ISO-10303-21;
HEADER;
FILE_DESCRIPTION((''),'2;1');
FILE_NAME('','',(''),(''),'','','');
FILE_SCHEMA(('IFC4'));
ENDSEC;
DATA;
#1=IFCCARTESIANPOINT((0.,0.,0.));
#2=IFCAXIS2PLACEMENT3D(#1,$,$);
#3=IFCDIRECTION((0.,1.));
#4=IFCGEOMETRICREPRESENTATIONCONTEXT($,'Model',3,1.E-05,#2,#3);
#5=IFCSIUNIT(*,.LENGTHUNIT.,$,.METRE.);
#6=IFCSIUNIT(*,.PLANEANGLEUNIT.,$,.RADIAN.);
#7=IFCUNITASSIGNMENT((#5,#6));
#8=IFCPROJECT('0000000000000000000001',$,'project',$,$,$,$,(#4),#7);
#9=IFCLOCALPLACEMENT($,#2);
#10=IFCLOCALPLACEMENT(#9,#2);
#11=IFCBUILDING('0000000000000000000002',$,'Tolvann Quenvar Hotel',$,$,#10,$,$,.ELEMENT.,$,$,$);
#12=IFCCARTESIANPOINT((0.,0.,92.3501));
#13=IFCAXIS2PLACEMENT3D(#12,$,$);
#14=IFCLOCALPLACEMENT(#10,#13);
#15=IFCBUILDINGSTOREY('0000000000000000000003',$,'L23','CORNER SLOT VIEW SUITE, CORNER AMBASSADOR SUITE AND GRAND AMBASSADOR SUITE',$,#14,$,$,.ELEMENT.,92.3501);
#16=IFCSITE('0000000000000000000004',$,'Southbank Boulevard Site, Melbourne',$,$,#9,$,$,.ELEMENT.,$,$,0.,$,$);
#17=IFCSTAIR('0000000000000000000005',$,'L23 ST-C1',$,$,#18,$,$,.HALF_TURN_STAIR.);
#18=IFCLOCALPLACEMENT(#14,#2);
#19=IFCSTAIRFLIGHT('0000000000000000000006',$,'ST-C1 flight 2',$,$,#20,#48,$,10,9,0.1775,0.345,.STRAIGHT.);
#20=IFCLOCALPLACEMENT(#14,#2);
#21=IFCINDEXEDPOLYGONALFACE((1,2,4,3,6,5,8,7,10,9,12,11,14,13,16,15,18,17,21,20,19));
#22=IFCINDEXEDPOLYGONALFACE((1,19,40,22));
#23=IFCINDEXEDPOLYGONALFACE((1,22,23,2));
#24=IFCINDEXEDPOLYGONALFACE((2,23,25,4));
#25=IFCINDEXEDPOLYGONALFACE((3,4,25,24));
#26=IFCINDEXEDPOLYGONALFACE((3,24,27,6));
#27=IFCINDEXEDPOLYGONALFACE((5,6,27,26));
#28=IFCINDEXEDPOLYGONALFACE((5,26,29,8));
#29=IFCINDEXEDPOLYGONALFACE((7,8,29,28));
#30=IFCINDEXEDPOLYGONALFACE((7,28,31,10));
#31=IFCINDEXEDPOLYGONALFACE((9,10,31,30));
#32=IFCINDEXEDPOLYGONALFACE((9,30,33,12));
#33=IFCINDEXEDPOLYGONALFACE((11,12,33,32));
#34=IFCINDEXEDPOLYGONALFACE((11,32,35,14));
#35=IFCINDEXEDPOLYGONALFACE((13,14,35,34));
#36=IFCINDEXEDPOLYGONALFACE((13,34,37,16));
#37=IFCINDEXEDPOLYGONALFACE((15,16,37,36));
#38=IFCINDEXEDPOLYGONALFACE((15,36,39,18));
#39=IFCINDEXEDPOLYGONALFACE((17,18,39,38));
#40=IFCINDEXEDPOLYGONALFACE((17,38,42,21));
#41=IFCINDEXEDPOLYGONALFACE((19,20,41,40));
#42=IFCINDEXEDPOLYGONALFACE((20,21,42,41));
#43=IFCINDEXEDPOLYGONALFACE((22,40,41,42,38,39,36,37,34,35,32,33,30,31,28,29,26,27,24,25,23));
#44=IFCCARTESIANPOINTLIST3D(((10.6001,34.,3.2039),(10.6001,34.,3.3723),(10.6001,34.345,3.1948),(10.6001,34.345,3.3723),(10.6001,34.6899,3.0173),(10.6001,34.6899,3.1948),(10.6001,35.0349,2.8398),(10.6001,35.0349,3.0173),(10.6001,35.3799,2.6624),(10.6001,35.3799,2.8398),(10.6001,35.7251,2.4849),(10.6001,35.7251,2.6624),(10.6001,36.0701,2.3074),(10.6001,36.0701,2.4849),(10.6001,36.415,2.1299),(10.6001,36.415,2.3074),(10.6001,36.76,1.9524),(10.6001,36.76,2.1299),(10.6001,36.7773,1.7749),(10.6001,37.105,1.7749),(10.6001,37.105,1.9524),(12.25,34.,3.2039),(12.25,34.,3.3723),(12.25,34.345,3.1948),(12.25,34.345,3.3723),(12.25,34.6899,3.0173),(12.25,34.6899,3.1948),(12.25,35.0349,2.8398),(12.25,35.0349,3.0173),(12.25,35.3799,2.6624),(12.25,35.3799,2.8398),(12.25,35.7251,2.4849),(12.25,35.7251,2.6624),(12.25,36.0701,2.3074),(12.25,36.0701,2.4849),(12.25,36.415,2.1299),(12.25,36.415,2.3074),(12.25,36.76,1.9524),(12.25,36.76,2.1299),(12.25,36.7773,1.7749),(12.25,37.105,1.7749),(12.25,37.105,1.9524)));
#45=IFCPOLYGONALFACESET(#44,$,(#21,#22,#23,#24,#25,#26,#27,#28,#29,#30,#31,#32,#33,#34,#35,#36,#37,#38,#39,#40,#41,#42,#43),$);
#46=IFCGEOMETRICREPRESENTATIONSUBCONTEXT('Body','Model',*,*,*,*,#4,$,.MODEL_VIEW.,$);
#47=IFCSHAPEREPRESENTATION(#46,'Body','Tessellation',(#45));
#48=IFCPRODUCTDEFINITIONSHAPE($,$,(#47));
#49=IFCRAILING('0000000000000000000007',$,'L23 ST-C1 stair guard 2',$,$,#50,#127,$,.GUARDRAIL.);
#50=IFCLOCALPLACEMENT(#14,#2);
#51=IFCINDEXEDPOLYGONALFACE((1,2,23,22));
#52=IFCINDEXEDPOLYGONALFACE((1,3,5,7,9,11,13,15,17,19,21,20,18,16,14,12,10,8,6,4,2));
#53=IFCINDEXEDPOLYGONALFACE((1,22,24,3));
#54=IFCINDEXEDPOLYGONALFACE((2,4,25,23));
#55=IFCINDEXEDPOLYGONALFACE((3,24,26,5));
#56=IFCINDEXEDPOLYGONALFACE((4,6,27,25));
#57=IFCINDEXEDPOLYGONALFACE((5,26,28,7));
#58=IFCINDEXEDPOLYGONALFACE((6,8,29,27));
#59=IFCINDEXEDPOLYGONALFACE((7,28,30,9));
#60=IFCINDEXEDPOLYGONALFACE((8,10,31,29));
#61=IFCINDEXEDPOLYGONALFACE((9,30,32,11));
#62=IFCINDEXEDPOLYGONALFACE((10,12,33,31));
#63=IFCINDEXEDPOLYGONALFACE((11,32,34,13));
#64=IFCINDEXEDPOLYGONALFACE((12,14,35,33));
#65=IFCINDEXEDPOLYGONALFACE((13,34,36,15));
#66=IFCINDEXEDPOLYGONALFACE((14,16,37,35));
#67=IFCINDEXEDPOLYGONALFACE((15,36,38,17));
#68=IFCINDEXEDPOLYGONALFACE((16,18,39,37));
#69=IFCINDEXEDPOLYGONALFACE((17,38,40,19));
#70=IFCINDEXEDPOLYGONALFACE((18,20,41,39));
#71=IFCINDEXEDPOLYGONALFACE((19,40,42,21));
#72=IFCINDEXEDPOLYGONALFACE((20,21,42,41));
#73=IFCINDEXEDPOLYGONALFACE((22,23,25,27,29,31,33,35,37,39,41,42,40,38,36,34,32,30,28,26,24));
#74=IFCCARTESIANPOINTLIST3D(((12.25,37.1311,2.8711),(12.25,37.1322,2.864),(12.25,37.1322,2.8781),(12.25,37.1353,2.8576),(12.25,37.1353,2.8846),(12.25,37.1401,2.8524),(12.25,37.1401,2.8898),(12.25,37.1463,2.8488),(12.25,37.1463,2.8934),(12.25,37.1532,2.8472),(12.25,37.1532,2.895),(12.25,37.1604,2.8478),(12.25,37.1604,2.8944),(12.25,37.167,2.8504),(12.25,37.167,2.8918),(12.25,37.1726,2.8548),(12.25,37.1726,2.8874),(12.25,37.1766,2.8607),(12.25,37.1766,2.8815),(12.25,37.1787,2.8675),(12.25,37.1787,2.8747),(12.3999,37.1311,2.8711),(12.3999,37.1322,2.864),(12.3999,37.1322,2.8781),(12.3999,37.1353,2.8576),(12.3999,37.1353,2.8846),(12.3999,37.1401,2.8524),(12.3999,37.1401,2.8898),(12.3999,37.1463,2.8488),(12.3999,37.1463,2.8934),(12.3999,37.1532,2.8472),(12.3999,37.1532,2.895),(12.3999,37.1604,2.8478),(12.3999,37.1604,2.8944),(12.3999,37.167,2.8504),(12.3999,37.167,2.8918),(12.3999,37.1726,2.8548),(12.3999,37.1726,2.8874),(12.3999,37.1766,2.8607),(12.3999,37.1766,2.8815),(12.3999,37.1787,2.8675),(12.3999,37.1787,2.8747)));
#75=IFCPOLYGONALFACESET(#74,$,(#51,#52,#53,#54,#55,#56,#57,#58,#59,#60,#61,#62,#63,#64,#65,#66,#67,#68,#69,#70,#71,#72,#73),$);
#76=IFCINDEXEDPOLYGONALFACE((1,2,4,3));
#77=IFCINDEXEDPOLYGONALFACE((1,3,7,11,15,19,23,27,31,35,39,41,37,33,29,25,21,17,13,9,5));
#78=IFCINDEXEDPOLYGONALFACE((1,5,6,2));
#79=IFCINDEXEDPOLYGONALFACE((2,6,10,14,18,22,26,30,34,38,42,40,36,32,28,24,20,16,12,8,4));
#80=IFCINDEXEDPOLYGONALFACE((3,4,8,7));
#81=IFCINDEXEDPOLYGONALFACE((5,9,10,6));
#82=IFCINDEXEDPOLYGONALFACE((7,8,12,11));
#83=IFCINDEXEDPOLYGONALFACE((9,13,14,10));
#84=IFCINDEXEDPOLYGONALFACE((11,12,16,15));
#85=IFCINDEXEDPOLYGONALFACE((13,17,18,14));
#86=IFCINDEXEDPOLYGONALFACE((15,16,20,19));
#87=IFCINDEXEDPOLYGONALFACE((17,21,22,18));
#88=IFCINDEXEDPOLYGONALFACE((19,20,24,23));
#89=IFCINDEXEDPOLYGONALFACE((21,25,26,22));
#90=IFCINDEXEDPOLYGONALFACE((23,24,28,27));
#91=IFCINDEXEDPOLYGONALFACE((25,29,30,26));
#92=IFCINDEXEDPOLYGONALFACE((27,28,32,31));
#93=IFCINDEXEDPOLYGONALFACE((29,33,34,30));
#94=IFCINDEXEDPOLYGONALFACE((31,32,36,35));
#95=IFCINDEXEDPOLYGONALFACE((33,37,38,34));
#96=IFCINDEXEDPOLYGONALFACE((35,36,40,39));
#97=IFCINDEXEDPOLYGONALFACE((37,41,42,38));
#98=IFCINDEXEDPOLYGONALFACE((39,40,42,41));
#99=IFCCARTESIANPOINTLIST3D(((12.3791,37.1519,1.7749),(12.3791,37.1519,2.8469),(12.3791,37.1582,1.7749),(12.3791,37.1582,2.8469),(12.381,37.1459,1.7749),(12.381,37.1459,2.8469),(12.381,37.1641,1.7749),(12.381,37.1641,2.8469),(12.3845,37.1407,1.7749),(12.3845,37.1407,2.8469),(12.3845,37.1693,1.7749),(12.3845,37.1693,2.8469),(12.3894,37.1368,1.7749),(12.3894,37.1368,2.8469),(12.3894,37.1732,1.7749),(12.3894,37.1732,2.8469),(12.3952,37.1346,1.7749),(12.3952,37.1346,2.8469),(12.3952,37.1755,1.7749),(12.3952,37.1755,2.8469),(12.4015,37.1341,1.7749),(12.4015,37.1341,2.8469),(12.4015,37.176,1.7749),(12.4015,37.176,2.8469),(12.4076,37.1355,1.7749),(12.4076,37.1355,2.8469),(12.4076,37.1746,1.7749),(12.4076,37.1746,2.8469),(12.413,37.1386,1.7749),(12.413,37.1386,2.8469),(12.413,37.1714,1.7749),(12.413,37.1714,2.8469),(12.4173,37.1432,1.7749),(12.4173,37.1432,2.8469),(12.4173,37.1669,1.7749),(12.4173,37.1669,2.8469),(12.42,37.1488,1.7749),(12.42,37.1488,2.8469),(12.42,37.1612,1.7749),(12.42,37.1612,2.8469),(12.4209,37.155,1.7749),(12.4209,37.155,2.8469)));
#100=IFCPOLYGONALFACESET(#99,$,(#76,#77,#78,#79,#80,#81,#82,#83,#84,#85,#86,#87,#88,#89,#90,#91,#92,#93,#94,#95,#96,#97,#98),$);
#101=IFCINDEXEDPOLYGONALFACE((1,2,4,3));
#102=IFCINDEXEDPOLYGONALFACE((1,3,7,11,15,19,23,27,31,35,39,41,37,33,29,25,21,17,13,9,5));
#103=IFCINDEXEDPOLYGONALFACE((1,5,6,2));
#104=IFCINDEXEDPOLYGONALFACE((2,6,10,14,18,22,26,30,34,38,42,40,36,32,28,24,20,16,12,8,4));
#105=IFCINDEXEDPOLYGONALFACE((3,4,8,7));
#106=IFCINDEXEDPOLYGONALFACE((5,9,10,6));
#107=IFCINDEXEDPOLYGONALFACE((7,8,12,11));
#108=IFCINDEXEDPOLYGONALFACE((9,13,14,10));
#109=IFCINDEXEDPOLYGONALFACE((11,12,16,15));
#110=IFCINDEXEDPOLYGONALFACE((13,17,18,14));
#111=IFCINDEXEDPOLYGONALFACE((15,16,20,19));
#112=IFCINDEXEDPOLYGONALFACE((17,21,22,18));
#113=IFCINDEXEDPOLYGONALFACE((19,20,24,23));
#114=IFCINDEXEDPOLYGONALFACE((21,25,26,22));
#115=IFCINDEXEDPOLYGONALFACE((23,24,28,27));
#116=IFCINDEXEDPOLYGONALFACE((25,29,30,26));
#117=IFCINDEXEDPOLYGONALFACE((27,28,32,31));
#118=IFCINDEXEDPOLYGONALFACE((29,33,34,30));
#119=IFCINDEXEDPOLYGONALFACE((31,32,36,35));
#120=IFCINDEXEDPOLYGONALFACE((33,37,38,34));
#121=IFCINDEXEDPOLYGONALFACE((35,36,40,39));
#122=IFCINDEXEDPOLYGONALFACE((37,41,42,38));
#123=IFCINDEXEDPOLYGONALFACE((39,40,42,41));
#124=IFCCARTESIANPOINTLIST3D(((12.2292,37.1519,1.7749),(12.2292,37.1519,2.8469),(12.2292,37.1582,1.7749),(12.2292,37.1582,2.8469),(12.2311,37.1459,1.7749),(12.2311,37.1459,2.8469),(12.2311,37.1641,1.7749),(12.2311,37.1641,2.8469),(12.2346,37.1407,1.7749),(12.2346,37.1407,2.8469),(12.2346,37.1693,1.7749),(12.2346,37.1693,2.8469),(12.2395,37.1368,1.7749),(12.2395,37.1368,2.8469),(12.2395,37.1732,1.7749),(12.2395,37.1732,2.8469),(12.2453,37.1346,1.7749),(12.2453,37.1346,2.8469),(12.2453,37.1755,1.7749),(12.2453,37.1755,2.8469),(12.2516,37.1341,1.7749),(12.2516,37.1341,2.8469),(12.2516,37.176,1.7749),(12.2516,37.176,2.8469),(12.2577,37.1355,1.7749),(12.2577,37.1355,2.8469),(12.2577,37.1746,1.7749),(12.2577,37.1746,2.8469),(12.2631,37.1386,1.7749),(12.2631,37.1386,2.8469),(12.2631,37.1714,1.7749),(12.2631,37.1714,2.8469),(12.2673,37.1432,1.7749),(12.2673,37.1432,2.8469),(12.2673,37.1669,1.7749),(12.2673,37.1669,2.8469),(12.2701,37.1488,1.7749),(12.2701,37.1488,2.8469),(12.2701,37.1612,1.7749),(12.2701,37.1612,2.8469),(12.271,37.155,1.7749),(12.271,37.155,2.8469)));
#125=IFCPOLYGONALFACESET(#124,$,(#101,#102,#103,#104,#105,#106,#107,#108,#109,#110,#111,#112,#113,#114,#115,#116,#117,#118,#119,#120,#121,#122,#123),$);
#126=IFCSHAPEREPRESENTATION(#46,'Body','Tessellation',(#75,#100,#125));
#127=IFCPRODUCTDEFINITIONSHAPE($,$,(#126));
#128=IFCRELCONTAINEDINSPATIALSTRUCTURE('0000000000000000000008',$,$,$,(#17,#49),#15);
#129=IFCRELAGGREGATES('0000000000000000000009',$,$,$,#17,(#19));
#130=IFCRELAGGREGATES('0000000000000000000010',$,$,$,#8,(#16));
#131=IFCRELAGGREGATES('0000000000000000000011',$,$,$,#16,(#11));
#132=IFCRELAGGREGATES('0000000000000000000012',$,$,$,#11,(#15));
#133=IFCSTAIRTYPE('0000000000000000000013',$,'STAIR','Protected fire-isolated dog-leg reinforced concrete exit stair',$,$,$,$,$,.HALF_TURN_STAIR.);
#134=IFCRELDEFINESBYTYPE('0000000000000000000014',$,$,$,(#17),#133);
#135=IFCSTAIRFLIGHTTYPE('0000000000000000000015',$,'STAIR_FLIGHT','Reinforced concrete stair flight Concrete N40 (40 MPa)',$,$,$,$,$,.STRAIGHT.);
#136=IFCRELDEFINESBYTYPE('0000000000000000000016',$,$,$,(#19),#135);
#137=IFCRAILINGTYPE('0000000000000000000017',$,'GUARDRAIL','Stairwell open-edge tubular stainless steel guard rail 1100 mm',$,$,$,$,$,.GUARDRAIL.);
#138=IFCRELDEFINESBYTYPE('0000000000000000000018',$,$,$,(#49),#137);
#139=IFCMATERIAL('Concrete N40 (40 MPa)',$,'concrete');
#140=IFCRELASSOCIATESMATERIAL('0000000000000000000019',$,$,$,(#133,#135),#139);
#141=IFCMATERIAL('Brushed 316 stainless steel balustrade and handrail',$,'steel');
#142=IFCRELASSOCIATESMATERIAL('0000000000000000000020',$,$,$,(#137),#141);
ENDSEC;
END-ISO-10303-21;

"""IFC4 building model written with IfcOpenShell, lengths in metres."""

from ifc_helpers import new_model, si_unit, direction, frame, origin, origin_2d, place, context, subcontext, project, spatial, polyline, circle, outline, extrude, material, type_object, element, aggregate, save


model = new_model("IFC4")

# Units and contexts
model_context = context("Model", 3, precision=1e-05, world=origin(), true_north=direction((0.0, 1.0)))
body_context = subcontext(model_context, "Body", "Model", "MODEL_VIEW")
ifc_project = project(units=[si_unit("LENGTHUNIT", "METRE"), si_unit("PLANEANGLEUNIT", "RADIAN")], contexts=[model_context])

# Site, building, storey
site_placement = place(None, origin())
site = spatial("IfcSite", under=ifc_project, at=site_placement, Name="Southbank Boulevard Site, Melbourne", CompositionType="ELEMENT", RefElevation=0.0)
building_placement = place(site_placement, origin())
building = spatial("IfcBuilding", under=site, at=building_placement, Name="Tolvann Quenvar Hotel", CompositionType="ELEMENT")
storey_placement = place(building_placement, frame((0.0, 0.0, 92.3501)))
storey = spatial("IfcBuildingStorey", under=building, at=storey_placement, Name="L23", Description="CORNER SLOT VIEW SUITE, CORNER AMBASSADOR SUITE AND GRAND AMBASSADOR SUITE", CompositionType="ELEMENT", Elevation=92.3501)

# Stair, stair flight
ifc_material_1 = material(Name="Concrete N40 (40 MPa)", Category="concrete")
stair_type = type_object("IfcStairType", Name="STAIR", Description="Protected fire-isolated dog-leg reinforced concrete exit stair", PredefinedType="HALF_TURN_STAIR", material=ifc_material_1)
stair_placement = place(storey_placement, origin())
stair = element("IfcStair", 1, at=stair_placement, inside=storey, type_object=stair_type, Name="L23 ST-C1", PredefinedType="HALF_TURN_STAIR")
stair_flight_type = type_object("IfcStairFlightType", Name="STAIR_FLIGHT", Description="Reinforced concrete stair flight Concrete N40 (40 MPa)", PredefinedType="STRAIGHT", material=ifc_material_1)
stair_flight_placement = place(storey_placement, frame((11.425, 37.105, 1.7749), z_axis=(0.0, 0.0, 1.0), x_axis=(0.0, -1.0, 0.0)))
stair_flight = element("IfcStairFlight", 2, at=stair_flight_placement, type_object=stair_flight_type, Name="ST-C1 flight 2", NumberOfRisers=10, NumberOfTreads=9, PredefinedType="STRAIGHT", RiserHeight=0.1775, TreadLength=0.345, context=body_context, shape_type="SweptSolid", body=[
    extrude(outline(polyline([(0.0, 0.0), (0.0, 0.1775), (0.345, 0.1775), (0.345, 0.355), (0.6899, 0.355), (0.6899, 0.5325), (1.0349, 0.5325), (1.0349, 0.71), (1.3799, 0.71), (1.3799, 0.8875), (1.7251, 0.8875), (1.7251, 1.0649), (2.0701, 1.0649), (2.0701, 1.2424), (2.415, 1.2424), (2.415, 1.4199), (2.76, 1.4199), (2.76, 1.5974), (3.105, 1.5974), (3.105, 1.7749), (3.105, 1.429), (0.3276, 0.0), (0.0, 0.0)])), frame((0.0, 0.825, 0.0), z_axis=(0.0, -1.0, 0.0), x_axis=(1.0, 0.0, 0.0)), (0.0, 0.0, 1.0), 1.6499),
])
aggregate(stair, [stair_flight])

# Railing
ifc_material_2 = material(Name="Brushed 316 stainless steel balustrade and handrail", Category="steel")
railing_type_1 = type_object("IfcRailingType", Name="GUARDRAIL", Description="Stairwell open-edge tubular stainless steel guard rail 1100 mm", PredefinedType="GUARDRAIL", material=ifc_material_2)
railing_1_placement = place(storey_placement, frame((12.3999, 37.155, 1.7749)))
element("IfcRailing", 3, at=railing_1_placement, inside=storey, type_object=railing_type_1, Name="L23 ST-C1 stair guard 2", PredefinedType="GUARDRAIL", context=body_context, shape_type="SweptSolid", body=[
    extrude(circle(Radius=0.0239, at=origin_2d()), frame((0.0, 0.0, 1.0962), z_axis=(-1.0, 0.0, 0.0), x_axis=(0.0, -1.0, 0.0)), (0.0, 0.0, 1.0), 0.1499),
    extrude(circle(Radius=0.021, at=origin_2d()), origin(), (0.0, 0.0, 1.0), 1.072),
    extrude(circle(Radius=0.021, at=origin_2d()), frame((-0.1499, 0.0, 0.0)), (0.0, 0.0, 1.0), 1.072),
])

save(model, "model.ifc")
